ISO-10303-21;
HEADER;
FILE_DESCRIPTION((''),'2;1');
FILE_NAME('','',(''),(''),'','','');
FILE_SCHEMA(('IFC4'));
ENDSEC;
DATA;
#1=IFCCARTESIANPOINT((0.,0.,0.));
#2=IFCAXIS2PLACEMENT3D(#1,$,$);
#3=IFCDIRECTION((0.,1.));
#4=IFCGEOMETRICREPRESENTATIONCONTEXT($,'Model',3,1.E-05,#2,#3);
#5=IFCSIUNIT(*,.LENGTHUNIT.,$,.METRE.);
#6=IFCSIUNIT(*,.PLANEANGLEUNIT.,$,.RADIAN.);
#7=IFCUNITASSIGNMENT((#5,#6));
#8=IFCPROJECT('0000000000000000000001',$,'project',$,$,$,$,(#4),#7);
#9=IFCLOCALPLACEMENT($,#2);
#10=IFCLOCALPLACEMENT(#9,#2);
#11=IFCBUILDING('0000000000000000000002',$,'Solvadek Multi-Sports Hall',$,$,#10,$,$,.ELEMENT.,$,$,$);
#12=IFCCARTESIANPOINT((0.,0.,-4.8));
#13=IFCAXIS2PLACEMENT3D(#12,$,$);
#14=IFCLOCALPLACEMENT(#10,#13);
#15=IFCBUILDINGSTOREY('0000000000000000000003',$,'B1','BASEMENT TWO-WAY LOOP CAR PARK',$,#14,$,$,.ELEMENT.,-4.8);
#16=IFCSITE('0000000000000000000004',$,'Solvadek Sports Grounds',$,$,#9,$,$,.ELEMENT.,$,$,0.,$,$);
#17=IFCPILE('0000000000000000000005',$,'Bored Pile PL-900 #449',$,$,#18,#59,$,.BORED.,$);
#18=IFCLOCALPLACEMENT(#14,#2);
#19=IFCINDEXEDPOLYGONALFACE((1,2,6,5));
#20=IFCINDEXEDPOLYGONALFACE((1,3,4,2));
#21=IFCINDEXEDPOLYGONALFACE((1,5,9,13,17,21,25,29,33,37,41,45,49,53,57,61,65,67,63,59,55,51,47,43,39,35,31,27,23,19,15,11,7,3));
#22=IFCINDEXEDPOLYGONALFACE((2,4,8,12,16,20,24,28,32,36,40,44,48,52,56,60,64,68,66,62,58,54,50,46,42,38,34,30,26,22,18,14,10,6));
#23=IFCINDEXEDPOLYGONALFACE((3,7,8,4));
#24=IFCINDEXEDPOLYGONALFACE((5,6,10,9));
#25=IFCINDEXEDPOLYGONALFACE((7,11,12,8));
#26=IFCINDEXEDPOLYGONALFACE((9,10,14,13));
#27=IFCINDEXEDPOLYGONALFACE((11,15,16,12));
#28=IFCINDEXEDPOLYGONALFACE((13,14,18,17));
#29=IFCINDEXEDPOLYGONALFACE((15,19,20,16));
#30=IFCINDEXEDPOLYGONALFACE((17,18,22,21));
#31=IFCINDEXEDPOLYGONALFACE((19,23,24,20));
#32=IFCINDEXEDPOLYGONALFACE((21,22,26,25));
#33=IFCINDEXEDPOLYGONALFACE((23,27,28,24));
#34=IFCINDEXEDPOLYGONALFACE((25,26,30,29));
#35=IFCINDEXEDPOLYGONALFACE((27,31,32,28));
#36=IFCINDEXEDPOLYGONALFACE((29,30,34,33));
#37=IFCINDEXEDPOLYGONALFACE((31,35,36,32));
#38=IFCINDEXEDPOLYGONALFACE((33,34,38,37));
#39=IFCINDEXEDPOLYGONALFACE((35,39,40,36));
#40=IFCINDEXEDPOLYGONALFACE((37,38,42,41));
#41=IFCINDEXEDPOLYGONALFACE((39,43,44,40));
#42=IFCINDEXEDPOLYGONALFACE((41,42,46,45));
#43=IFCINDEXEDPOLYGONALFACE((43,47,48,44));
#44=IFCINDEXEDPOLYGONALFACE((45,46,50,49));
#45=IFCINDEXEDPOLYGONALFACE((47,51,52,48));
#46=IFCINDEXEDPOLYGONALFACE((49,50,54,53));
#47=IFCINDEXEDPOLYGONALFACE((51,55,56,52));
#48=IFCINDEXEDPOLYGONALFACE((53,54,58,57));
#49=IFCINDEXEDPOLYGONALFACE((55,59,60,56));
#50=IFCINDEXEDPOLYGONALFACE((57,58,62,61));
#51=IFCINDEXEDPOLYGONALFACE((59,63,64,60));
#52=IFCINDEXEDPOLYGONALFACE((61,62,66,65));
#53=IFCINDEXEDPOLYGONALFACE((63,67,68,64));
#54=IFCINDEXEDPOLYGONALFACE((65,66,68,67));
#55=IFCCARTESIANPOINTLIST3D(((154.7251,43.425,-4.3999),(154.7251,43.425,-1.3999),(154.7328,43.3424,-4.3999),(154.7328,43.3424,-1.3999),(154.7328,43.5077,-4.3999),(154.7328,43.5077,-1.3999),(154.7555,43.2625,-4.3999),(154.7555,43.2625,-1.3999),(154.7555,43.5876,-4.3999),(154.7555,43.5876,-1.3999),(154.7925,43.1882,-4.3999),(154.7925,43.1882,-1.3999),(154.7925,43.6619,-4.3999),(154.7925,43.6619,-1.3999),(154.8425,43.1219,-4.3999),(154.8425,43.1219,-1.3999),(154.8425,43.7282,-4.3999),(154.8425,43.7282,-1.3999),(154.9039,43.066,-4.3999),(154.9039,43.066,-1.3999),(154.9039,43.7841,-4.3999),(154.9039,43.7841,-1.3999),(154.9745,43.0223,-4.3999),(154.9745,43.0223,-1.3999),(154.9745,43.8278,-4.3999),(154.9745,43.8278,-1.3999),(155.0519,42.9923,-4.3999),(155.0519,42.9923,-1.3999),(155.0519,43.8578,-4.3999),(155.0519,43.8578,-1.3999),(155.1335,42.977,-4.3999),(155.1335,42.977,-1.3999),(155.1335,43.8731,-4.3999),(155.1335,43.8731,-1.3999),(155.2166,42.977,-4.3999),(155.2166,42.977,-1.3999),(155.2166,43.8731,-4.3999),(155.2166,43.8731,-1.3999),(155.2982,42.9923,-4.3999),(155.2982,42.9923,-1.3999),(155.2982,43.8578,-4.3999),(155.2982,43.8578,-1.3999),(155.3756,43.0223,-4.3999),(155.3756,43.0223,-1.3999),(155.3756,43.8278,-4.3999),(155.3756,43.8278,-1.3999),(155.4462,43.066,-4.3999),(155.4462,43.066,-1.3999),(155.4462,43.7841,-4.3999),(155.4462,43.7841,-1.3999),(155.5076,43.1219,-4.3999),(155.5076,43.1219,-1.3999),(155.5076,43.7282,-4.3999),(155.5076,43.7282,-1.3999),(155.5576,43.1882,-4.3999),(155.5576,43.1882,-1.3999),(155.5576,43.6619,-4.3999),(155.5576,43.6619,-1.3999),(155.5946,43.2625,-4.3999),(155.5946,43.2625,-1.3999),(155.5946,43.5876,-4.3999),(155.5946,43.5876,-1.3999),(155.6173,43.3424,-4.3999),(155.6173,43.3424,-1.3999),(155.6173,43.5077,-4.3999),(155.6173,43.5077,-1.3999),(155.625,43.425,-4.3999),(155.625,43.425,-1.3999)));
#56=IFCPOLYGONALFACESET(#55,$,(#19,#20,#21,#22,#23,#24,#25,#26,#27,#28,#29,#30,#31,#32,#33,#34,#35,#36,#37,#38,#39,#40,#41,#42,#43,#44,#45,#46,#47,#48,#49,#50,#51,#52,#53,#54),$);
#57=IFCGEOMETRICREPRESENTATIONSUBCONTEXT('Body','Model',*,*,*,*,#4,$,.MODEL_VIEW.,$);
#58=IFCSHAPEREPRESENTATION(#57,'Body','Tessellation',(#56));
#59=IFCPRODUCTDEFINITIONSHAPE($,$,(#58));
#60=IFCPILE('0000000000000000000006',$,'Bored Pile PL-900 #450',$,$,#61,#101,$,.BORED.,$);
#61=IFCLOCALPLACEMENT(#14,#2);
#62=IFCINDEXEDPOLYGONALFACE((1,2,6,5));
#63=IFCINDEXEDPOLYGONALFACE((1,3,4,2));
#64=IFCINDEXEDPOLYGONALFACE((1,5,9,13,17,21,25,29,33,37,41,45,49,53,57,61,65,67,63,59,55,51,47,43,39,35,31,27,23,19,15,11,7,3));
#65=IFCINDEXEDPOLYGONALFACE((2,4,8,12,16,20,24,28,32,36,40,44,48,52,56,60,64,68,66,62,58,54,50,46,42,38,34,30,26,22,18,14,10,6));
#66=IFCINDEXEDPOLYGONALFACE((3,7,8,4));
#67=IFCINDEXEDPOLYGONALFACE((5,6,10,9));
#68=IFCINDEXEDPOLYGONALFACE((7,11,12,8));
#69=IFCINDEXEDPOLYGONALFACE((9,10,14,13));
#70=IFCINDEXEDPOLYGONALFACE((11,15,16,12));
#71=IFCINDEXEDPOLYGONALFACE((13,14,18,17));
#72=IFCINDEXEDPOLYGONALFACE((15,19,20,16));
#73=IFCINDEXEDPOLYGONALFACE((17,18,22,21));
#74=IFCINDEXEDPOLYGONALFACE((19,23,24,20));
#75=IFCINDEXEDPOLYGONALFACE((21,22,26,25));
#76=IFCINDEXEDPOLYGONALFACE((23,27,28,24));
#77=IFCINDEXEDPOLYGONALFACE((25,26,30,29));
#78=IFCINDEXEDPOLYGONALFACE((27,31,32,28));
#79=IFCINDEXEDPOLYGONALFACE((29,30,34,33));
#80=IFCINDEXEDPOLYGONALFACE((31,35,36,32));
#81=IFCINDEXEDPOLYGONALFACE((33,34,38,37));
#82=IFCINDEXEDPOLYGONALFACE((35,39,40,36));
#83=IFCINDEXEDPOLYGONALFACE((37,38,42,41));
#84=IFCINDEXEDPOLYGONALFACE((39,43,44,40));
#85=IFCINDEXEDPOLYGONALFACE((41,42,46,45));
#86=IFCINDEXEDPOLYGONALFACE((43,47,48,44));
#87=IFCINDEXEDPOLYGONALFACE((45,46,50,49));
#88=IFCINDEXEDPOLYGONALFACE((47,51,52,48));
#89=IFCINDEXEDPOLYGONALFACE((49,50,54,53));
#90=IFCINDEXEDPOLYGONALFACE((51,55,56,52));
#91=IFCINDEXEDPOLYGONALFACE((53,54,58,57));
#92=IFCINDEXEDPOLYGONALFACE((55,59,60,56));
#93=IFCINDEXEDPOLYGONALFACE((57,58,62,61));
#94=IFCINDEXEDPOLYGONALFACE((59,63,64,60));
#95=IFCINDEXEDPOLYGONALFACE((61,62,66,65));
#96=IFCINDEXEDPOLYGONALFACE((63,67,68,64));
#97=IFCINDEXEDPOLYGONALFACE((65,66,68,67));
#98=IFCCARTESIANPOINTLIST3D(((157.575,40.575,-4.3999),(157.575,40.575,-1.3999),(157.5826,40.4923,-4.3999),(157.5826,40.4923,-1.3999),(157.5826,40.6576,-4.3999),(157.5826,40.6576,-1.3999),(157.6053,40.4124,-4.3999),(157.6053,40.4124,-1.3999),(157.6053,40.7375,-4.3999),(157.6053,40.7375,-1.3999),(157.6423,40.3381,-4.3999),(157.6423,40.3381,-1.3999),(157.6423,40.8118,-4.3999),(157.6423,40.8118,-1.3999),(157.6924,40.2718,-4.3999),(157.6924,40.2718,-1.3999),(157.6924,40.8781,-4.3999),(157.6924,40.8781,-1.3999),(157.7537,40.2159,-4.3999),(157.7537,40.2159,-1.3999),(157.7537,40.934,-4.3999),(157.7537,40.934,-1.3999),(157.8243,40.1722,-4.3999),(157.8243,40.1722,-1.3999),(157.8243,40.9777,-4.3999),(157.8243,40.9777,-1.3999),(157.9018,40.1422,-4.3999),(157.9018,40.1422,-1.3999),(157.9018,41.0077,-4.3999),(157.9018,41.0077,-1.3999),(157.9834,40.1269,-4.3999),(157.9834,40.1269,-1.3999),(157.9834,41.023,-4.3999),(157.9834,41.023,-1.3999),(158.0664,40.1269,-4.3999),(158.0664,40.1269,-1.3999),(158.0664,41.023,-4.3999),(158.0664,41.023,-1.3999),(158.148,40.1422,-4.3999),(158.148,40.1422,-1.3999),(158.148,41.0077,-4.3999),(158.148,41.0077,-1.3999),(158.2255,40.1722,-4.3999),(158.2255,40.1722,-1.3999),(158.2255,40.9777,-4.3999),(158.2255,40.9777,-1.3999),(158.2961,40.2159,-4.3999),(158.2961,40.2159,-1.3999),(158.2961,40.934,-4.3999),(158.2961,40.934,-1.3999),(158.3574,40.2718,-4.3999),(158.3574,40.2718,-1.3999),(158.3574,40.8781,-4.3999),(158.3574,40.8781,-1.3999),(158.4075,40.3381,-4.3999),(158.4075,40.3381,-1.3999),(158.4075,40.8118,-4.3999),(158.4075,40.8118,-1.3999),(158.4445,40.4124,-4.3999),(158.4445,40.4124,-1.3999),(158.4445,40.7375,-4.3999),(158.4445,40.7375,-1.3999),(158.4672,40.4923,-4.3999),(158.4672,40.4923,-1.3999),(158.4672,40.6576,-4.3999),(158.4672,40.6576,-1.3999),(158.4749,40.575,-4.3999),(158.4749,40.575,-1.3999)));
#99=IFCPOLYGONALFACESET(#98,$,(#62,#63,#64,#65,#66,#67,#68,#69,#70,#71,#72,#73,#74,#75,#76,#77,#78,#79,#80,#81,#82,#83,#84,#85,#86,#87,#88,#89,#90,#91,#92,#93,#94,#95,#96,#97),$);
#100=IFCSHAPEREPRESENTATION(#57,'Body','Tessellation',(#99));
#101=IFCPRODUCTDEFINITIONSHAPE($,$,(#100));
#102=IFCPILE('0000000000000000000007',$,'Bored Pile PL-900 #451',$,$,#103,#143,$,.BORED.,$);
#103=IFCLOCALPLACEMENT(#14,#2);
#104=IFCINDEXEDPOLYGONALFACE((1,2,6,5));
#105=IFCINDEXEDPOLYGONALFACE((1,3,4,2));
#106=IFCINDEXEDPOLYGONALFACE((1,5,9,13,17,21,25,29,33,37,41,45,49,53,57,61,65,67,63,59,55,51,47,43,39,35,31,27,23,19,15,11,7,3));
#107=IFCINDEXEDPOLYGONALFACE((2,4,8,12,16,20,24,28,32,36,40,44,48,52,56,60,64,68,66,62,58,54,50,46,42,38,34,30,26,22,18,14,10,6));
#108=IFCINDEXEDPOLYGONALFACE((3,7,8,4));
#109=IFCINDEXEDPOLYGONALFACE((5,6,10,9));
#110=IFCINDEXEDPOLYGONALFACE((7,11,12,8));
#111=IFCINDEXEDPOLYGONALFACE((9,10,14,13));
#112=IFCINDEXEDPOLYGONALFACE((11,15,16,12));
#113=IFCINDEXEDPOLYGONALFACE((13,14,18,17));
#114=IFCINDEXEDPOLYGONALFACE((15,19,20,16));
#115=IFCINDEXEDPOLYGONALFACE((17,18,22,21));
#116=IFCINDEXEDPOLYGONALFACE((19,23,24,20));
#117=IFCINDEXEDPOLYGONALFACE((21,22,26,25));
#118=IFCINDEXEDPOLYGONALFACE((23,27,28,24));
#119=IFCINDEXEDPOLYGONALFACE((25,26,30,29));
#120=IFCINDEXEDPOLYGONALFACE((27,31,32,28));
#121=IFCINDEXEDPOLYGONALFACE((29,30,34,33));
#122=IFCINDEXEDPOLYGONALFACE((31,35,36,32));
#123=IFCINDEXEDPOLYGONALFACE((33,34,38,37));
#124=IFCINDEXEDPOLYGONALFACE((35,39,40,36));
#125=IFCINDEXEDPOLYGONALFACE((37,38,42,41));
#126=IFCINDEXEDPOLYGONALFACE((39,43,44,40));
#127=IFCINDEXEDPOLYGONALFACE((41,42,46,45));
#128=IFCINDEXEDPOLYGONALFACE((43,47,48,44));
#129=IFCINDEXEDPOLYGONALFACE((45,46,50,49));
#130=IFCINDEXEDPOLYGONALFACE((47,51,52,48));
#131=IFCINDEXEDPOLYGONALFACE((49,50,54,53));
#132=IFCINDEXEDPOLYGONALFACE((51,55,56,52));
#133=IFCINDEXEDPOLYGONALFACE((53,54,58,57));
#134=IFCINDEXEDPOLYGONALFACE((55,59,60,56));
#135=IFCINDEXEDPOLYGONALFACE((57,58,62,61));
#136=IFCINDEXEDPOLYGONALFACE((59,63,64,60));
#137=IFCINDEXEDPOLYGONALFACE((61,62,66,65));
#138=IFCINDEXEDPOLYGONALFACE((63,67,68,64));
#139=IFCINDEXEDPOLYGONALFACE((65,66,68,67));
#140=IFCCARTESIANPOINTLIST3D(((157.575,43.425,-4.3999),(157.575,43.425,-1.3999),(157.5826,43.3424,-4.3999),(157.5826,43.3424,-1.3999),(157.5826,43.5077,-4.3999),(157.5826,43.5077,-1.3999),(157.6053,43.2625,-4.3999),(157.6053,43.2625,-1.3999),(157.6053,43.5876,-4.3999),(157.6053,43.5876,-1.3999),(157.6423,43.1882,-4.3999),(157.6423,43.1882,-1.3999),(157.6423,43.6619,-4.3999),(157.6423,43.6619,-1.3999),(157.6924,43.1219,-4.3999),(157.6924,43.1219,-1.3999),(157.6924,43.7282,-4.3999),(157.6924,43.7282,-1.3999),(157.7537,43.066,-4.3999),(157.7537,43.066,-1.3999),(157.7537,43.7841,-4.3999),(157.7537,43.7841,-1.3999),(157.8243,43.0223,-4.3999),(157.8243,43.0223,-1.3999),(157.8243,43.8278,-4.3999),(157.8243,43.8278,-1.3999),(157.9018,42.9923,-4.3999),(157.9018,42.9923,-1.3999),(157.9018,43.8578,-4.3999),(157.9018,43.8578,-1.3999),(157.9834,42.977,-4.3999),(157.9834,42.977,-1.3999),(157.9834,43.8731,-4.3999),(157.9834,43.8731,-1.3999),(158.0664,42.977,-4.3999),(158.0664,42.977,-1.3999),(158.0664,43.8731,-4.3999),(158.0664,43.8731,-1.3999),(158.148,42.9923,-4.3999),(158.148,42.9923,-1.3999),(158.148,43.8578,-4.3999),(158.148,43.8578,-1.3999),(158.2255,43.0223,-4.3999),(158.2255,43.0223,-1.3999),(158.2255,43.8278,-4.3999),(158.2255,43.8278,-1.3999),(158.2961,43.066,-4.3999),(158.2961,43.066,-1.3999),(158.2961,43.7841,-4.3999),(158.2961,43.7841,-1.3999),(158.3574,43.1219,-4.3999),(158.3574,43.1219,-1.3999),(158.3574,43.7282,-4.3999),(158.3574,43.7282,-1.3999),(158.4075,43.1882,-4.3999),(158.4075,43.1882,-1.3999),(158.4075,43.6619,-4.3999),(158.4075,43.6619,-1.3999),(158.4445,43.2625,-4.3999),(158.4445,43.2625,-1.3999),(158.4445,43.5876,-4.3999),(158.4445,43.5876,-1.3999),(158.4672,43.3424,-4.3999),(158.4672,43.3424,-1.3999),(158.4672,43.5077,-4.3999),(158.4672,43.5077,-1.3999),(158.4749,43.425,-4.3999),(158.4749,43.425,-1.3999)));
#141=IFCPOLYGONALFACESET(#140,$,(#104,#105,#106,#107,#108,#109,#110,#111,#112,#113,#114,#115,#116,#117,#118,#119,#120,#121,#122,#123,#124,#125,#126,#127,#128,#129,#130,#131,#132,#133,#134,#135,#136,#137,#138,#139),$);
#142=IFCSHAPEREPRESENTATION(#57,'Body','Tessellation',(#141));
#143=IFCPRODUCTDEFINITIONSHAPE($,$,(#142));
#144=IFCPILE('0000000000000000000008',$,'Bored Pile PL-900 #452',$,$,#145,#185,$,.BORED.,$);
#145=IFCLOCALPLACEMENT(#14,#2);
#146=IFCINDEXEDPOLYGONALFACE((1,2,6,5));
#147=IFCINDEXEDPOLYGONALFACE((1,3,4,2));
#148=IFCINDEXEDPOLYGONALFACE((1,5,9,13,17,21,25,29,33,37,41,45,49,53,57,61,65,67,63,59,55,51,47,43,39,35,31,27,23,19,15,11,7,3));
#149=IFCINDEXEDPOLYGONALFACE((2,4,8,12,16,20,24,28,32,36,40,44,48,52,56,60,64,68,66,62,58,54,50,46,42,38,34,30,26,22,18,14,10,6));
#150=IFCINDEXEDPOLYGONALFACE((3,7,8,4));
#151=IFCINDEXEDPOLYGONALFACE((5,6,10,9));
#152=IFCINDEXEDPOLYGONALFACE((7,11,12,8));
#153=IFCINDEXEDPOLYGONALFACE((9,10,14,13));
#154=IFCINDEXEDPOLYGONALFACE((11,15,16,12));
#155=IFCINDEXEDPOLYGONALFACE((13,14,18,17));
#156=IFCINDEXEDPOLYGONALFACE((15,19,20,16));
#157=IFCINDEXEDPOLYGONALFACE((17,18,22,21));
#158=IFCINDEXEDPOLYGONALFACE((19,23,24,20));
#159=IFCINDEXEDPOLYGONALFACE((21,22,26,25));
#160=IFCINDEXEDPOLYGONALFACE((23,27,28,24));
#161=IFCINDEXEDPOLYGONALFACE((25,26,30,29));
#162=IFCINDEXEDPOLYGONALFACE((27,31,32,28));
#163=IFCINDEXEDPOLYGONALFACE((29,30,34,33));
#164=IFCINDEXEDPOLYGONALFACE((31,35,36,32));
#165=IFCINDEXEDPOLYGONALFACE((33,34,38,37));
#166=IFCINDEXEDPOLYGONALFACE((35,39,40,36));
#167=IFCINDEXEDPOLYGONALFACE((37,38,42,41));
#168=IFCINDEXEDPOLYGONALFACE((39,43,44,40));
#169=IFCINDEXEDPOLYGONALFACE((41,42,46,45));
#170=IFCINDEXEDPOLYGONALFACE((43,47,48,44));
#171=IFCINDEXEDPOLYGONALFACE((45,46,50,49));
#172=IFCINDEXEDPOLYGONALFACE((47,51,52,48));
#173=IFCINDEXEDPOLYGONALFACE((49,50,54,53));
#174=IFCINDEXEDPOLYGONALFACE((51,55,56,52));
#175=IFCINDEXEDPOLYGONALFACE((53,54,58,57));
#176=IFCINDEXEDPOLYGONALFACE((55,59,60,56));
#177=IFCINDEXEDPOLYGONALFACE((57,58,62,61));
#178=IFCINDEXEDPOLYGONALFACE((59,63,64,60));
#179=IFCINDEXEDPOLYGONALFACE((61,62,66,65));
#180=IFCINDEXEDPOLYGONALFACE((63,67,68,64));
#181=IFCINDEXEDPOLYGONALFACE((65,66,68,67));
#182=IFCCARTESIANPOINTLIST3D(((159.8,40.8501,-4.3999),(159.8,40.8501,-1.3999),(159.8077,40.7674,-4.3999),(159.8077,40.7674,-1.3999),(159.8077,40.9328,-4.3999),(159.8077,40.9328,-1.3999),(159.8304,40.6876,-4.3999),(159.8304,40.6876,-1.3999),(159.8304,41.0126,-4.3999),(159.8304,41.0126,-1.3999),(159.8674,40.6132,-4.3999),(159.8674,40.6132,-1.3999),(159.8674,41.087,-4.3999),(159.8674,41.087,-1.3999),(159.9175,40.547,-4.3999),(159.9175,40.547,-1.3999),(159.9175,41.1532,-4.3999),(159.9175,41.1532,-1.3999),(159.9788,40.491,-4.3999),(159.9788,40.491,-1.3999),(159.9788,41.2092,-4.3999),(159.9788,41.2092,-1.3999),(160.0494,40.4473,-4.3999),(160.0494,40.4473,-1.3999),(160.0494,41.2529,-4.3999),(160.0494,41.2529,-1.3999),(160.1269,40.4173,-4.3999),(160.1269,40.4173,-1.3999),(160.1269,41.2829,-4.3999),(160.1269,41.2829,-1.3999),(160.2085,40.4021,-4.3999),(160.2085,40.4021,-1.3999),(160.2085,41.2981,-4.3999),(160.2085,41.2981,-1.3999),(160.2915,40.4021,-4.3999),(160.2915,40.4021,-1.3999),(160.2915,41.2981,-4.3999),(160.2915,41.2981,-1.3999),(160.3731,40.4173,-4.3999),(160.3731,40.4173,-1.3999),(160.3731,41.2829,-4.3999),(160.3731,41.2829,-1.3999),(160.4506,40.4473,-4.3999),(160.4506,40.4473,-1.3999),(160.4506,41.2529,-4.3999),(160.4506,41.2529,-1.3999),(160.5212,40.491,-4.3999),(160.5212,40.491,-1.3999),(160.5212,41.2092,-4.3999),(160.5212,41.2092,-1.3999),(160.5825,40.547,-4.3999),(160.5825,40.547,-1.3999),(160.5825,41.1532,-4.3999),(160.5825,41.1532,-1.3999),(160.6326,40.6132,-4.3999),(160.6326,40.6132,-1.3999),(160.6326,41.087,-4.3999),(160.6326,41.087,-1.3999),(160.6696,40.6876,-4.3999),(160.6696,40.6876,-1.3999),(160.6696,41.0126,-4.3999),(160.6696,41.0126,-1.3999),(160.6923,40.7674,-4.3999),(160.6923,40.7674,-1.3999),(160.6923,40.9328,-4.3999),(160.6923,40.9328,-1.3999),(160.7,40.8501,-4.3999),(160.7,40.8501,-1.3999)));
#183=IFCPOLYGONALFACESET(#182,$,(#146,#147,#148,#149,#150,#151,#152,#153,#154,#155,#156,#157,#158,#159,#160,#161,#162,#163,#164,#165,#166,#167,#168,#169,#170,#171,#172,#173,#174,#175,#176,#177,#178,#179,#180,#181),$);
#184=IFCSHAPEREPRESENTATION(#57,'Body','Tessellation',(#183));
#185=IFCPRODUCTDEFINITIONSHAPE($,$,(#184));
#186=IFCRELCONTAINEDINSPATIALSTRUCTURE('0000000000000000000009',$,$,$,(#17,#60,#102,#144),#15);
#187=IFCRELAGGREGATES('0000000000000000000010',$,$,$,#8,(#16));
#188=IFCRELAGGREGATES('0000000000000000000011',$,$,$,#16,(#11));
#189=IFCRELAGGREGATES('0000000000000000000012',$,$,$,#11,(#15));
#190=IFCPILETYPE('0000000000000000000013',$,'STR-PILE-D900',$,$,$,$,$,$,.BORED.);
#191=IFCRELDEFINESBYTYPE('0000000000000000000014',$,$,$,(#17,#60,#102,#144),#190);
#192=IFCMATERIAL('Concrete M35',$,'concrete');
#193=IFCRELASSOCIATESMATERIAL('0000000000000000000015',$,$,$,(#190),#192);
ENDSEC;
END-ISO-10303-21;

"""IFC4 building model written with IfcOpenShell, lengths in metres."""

from ifc_helpers import new_model, si_unit, direction, frame, origin, origin_2d, place, context, subcontext, project, spatial, circle, extrude, material, material_profile, profile_set, type_object, element, save


model = new_model("IFC4")

# Units and contexts
model_context = context("Model", 3, precision=1e-05, world=origin(), true_north=direction((0.0, 1.0)))
body_context = subcontext(model_context, "Body", "Model", "MODEL_VIEW")
ifc_project = project(units=[si_unit("LENGTHUNIT", "METRE"), si_unit("PLANEANGLEUNIT", "RADIAN")], contexts=[model_context])

# Site, building, storey
site_placement = place(None, origin())
site = spatial("IfcSite", under=ifc_project, at=site_placement, Name="Solvadek Sports Grounds", CompositionType="ELEMENT", RefElevation=0.0)
building_placement = place(site_placement, origin())
building = spatial("IfcBuilding", under=site, at=building_placement, Name="Solvadek Multi-Sports Hall", CompositionType="ELEMENT")
storey_placement = place(building_placement, frame((0.0, 0.0, -4.8)))
storey = spatial("IfcBuildingStorey", under=building, at=storey_placement, Name="B1", Description="BASEMENT TWO-WAY LOOP CAR PARK", CompositionType="ELEMENT", Elevation=-4.8)

# Piles
ifc_material_1 = material(Name="Concrete M35", Category="concrete")
ifc_material_profile_1 = material_profile(ifc_material_1, circle(Radius=0.45, at=origin_2d()), Name="BORED PILE D900")
ifc_profile_set_1 = profile_set([ifc_material_profile_1], Name="Concrete M35")
pile_type = type_object("IfcPileType", Name="STR-PILE-D900", PredefinedType="BORED", material=ifc_profile_set_1)
for number, where, z_axis, x_axis, name in (
    (1, (155.175, 43.425, -1.3999), (0.0, 0.0, -1.0), (1.0, 0.0, 0.0), "Bored Pile PL-900 #449"),
    (2, (158.0249, 40.575, -1.3999), (0.0, 0.0, -1.0), (1.0, 0.0, 0.0), "Bored Pile PL-900 #450"),
    (3, (158.0249, 43.425, -1.3999), (0.0, 0.0, -1.0), (1.0, 0.0, 0.0), "Bored Pile PL-900 #451"),
    (4, (160.25, 40.8501, -1.3999), (0.0, 0.0, -1.0), (1.0, 0.0, 0.0), "Bored Pile PL-900 #452"),
):
    element("IfcPile", number, at=place(storey_placement, frame(where, z_axis=z_axis, x_axis=x_axis)), inside=storey, type_object=pile_type, Name=name, PredefinedType="BORED", context=body_context, shape_type="SweptSolid", body=[
        extrude(circle(Radius=0.45, at=origin_2d()), origin(), (0.0, 0.0, 1.0), 3.0),
    ])

save(model, "model.ifc")
